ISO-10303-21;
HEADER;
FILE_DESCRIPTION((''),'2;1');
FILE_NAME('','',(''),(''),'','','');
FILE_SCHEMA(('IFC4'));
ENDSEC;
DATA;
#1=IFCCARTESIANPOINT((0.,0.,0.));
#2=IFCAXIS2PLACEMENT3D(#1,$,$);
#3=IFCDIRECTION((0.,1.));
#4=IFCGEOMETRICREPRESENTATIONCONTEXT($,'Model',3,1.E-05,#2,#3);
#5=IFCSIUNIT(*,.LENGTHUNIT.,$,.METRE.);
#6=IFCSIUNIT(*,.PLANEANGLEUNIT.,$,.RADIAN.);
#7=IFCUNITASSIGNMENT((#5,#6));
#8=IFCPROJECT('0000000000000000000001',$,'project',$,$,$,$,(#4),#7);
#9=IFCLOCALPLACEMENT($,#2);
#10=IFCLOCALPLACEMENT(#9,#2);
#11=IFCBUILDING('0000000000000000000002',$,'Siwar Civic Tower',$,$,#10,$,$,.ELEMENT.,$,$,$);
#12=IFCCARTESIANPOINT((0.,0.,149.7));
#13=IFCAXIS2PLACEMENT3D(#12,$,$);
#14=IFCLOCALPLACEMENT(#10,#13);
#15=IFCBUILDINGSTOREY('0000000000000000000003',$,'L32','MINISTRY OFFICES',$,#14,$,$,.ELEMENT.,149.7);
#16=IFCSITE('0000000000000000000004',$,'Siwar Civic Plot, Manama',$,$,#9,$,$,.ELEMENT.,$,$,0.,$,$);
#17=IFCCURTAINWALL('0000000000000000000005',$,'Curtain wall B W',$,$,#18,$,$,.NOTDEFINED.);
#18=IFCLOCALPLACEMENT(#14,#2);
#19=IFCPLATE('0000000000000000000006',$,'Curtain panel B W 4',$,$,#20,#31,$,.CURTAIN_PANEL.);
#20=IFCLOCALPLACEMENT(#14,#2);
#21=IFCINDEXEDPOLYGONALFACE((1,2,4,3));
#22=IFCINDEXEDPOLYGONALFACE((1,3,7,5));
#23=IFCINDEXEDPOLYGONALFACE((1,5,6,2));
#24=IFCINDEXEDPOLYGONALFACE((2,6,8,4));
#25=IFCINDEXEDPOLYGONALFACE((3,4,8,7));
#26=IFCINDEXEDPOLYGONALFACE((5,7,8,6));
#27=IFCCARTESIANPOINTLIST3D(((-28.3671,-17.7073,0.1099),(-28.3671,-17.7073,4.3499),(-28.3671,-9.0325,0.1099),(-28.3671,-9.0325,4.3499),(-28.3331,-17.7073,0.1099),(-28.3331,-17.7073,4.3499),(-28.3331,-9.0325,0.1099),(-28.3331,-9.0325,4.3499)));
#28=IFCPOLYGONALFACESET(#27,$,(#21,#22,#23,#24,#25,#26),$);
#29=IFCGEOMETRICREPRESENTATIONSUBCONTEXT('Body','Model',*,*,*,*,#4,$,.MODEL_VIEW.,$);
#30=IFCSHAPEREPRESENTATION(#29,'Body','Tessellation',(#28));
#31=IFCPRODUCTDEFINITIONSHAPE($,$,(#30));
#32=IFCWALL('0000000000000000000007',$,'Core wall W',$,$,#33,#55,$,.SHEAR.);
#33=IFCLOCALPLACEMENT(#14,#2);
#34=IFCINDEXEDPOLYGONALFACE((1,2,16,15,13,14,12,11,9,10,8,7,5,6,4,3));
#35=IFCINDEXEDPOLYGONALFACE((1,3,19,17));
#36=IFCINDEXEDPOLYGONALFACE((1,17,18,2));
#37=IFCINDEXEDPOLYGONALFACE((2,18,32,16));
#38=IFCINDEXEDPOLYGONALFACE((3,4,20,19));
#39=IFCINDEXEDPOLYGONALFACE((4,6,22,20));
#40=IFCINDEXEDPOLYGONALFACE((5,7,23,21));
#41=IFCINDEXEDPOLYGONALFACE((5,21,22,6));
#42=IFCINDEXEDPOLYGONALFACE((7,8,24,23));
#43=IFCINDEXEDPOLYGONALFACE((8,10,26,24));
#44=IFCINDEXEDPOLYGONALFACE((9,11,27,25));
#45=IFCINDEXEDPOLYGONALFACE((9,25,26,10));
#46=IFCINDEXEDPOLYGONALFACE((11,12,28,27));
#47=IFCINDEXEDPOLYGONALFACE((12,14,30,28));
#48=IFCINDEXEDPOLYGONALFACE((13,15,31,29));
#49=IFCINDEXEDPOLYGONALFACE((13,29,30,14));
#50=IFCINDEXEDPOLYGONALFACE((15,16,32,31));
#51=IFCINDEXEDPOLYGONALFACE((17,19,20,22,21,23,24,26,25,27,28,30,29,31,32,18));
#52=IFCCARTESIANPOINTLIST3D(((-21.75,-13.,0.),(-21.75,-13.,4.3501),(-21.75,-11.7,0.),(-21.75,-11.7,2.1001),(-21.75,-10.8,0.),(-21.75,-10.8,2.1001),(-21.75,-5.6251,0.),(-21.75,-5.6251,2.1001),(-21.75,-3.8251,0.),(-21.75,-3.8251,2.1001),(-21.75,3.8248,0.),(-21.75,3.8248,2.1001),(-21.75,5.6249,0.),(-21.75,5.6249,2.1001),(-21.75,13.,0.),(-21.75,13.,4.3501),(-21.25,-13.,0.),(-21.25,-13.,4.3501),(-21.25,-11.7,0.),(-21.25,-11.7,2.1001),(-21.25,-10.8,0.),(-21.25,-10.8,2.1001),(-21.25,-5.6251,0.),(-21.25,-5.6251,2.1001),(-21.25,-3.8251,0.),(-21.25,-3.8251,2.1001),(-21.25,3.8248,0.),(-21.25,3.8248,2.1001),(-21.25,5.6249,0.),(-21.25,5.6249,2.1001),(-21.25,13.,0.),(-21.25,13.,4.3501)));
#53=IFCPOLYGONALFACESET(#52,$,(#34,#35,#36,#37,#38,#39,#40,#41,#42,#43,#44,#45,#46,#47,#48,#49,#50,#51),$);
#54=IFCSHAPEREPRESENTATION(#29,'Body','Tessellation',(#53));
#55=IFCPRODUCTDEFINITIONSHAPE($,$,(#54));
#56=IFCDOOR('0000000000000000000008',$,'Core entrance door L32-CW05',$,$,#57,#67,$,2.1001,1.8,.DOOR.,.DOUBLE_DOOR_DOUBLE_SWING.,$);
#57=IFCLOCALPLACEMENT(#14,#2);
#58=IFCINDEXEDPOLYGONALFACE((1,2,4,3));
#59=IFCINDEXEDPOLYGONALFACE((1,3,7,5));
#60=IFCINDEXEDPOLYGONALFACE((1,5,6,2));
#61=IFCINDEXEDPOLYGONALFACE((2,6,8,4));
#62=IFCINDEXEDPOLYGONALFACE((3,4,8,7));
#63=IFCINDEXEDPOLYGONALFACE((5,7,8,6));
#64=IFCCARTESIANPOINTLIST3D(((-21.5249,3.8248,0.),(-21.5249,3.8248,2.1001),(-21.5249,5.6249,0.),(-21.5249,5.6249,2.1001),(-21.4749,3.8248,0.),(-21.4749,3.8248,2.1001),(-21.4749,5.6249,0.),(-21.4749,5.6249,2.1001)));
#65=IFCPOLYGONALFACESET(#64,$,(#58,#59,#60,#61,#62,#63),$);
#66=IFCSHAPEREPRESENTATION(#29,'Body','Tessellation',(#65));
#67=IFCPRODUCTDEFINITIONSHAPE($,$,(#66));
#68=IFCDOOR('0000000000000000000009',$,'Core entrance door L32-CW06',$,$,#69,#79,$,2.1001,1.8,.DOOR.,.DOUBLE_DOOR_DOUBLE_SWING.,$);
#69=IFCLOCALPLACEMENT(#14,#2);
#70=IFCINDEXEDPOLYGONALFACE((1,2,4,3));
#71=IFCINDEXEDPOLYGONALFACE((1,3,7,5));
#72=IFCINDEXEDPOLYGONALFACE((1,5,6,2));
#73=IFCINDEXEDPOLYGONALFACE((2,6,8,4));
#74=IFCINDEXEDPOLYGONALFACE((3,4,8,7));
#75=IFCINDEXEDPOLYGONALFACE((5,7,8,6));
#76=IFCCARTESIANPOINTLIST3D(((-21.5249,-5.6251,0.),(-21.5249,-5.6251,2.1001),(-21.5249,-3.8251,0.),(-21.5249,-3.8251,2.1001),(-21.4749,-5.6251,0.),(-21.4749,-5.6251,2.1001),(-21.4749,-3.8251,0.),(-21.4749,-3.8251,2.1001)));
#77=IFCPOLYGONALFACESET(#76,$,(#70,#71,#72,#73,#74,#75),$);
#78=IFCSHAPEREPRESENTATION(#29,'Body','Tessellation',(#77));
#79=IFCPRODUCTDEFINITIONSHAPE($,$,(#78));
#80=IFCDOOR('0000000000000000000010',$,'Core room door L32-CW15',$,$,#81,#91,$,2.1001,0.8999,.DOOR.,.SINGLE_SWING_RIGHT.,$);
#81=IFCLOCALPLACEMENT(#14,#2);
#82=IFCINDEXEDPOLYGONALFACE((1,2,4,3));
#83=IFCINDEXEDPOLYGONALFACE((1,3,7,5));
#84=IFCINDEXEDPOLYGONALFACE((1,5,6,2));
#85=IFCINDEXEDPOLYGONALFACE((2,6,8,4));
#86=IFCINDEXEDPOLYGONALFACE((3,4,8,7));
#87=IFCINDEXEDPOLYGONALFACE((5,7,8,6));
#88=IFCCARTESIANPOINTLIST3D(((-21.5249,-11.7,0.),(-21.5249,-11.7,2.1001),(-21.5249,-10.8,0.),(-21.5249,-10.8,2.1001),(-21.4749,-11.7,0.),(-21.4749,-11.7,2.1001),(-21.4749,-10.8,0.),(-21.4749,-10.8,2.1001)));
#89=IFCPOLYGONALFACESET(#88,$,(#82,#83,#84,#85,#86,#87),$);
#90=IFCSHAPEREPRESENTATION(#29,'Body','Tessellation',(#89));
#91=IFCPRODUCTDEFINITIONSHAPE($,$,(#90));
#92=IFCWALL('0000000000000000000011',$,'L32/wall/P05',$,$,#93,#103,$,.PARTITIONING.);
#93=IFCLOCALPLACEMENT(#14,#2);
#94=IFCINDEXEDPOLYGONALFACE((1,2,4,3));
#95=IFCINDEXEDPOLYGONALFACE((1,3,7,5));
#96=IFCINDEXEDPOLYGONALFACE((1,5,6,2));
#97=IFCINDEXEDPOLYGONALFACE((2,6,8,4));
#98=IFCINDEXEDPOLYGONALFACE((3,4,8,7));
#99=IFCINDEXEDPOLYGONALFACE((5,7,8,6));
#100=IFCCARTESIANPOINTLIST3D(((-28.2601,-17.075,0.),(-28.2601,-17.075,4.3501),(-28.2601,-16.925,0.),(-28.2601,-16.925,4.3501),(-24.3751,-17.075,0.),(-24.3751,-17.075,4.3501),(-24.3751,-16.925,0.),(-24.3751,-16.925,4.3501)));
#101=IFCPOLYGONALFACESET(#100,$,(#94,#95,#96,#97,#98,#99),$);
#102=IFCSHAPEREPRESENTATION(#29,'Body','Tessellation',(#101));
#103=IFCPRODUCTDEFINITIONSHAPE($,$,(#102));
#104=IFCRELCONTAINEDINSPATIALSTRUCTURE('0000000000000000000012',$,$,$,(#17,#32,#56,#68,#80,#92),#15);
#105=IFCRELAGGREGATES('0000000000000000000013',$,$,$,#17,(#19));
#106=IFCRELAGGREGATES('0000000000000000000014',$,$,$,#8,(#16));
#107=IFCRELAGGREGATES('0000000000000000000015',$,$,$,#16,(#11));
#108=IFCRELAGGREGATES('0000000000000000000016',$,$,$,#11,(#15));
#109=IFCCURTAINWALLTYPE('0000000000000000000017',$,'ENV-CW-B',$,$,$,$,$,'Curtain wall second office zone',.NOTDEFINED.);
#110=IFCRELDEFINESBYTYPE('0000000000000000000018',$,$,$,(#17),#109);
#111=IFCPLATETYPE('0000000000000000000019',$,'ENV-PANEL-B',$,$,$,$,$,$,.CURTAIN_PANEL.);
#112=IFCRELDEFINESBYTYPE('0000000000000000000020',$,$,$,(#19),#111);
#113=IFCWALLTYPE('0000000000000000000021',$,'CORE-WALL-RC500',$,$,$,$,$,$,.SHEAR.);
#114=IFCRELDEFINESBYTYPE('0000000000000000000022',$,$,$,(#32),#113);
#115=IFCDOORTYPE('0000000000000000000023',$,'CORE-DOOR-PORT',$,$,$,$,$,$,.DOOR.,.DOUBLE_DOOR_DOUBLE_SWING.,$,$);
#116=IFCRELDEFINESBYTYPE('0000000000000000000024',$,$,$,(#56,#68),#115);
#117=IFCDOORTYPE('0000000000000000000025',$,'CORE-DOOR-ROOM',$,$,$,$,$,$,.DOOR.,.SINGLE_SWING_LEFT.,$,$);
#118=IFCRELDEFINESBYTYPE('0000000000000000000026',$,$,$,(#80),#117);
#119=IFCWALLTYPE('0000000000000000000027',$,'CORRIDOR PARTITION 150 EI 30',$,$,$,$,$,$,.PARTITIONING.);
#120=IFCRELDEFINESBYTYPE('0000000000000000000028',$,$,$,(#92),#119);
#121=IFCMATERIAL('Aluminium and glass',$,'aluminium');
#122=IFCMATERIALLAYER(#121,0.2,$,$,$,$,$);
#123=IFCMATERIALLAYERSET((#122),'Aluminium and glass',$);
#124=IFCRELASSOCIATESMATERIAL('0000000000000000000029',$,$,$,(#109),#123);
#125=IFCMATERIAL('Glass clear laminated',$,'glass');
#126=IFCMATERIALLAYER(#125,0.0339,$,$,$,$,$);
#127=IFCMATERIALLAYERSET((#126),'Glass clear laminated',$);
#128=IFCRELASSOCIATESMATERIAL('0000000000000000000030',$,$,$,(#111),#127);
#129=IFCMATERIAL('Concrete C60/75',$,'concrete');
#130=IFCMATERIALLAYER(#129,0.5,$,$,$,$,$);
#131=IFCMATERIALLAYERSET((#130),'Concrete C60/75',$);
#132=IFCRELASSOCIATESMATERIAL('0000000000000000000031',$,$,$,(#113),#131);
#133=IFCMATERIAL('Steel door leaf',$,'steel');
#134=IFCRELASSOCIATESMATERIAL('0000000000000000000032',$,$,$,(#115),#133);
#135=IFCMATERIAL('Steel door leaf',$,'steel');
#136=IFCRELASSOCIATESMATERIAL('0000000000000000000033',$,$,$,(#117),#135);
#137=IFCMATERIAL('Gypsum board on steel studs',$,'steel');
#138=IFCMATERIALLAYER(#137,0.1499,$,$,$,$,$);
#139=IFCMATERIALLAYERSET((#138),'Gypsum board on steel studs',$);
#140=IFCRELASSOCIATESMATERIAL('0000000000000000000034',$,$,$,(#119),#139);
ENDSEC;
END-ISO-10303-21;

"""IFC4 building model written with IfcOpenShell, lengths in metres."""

from ifc_helpers import new_model, si_unit, direction, frame, frame_2d, origin, origin_2d, place, context, subcontext, project, spatial, rectangle, extrude, material, layer, layer_set, type_object, element, fill, aggregate, save


model = new_model("IFC4")

# Units and contexts
model_context = context("Model", 3, precision=1e-05, world=origin(), true_north=direction((0.0, 1.0)))
body_context = subcontext(model_context, "Body", "Model", "MODEL_VIEW")
ifc_project = project(units=[si_unit("LENGTHUNIT", "METRE"), si_unit("PLANEANGLEUNIT", "RADIAN")], contexts=[model_context])

# Site, building, storey
site_placement = place(None, origin())
site = spatial("IfcSite", under=ifc_project, at=site_placement, Name="Siwar Civic Plot, Manama", CompositionType="ELEMENT", RefElevation=0.0)
building_placement = place(site_placement, origin())
building = spatial("IfcBuilding", under=site, at=building_placement, Name="Siwar Civic Tower", CompositionType="ELEMENT")
storey_placement = place(building_placement, frame((0.0, 0.0, 149.7)))
storey = spatial("IfcBuildingStorey", under=building, at=storey_placement, Name="L32", Description="MINISTRY OFFICES", CompositionType="ELEMENT", Elevation=149.7)

# Curtain wall
ifc_material_1 = material(Name="Aluminium and glass", Category="aluminium")
ifc_layer_1 = layer(ifc_material_1, 0.2)
ifc_layer_set_1 = layer_set([ifc_layer_1], Name="Aluminium and glass")
curtain_wall_type_1 = type_object("IfcCurtainWallType", Name="ENV-CW-B", ElementType="Curtain wall second office zone", PredefinedType="NOTDEFINED", material=ifc_layer_set_1)
curtain_wall_1_placement = place(storey_placement, origin())
curtain_wall_1 = element("IfcCurtainWall", 1, at=curtain_wall_1_placement, inside=storey, type_object=curtain_wall_type_1, Name="Curtain wall B W", PredefinedType="NOTDEFINED")

# Plate
ifc_material_2 = material(Name="Glass clear laminated", Category="glass")
ifc_layer_2 = layer(ifc_material_2, 0.0339)
ifc_layer_set_2 = layer_set([ifc_layer_2], Name="Glass clear laminated")
plate_type = type_object("IfcPlateType", Name="ENV-PANEL-B", PredefinedType="CURTAIN_PANEL", material=ifc_layer_set_2)
plate_placement = place(storey_placement, frame((-28.3501, -13.3699, 0.1099), z_axis=(0.0, 0.0, 1.0), x_axis=(0.0, -1.0, 0.0)))
plate = element("IfcPlate", 2, at=plate_placement, type_object=plate_type, Name="Curtain panel B W 4", PredefinedType="CURTAIN_PANEL", context=body_context, shape_type="SweptSolid", body=[
    extrude(rectangle(XDim=8.6748, YDim=0.0339, at=origin_2d()), origin(), (0.0, 0.0, 1.0), 4.24),
])
aggregate(curtain_wall_1, [plate])

# Wall, openings, doors
ifc_material_3 = material(Name="Concrete C60/75", Category="concrete")
ifc_layer_3 = layer(ifc_material_3, 0.5)
ifc_layer_set_3 = layer_set([ifc_layer_3], Name="Concrete C60/75")
wall_type_1 = type_object("IfcWallType", Name="CORE-WALL-RC500", PredefinedType="SHEAR", material=ifc_layer_set_3)
wall_1_placement = place(storey_placement, frame((-21.5, -13.0, 0.0), z_axis=(0.0, 0.0, 1.0), x_axis=(0.0, 1.0, 0.0)))
wall_1 = element("IfcWall", 3, at=wall_1_placement, inside=storey, type_object=wall_type_1, Name="Core wall W", PredefinedType="SHEAR", context=body_context, shape_type="SweptSolid", body=[
    extrude(rectangle(XDim=26.0, YDim=0.5, at=frame_2d((13.0, 0.0))), origin(), (0.0, 0.0, 1.0), 4.3501),
])
opening_1_placement = place(wall_1_placement, frame((16.825, 0.0, 0.0)))
opening_1 = element("IfcOpeningElement", 4, at=opening_1_placement, cuts=wall_1, PredefinedType="OPENING", context=body_context, shape_type="SweptSolid", body=[
    extrude(rectangle(XDim=1.8, YDim=2.1001, at=frame_2d((0.8999, 1.05))), frame((0.0, 0.26, 0.0), z_axis=(0.0, -1.0, 0.0), x_axis=(1.0, 0.0, 0.0)), (0.0, 0.0, 1.0), 0.52),
])
opening_2_placement = place(wall_1_placement, frame((7.375, 0.0, 0.0)))
opening_2 = element("IfcOpeningElement", 5, at=opening_2_placement, cuts=wall_1, PredefinedType="OPENING", context=body_context, shape_type="SweptSolid", body=[
    extrude(rectangle(XDim=1.8, YDim=2.1001, at=frame_2d((0.8999, 1.05))), frame((0.0, 0.26, 0.0), z_axis=(0.0, -1.0, 0.0), x_axis=(1.0, 0.0, 0.0)), (0.0, 0.0, 1.0), 0.52),
])
opening_3_placement = place(wall_1_placement, frame((1.3, 0.0, 0.0)))
opening_3 = element("IfcOpeningElement", 6, at=opening_3_placement, cuts=wall_1, PredefinedType="OPENING", context=body_context, shape_type="SweptSolid", body=[
    extrude(rectangle(XDim=0.8999, YDim=2.1001, at=frame_2d((0.45, 1.05))), frame((0.0, 0.26, 0.0), z_axis=(0.0, -1.0, 0.0), x_axis=(1.0, 0.0, 0.0)), (0.0, 0.0, 1.0), 0.52),
])
ifc_material_4 = material(Name="Steel door leaf", Category="steel")
door_type_1 = type_object("IfcDoorType", Name="CORE-DOOR-PORT", OperationType="DOUBLE_DOOR_DOUBLE_SWING", PredefinedType="DOOR", material=ifc_material_4)
door_1_placement = place(opening_1_placement, origin())
door_1 = element("IfcDoor", 7, at=door_1_placement, inside=storey, type_object=door_type_1, Name="Core entrance door L32-CW05", OperationType="DOUBLE_DOOR_DOUBLE_SWING", OverallHeight=2.1001, OverallWidth=1.8, PredefinedType="DOOR", context=body_context, shape_type="SweptSolid", body=[
    extrude(rectangle(XDim=1.8, YDim=2.1001, at=frame_2d((0.8999, 1.05))), frame((0.0, 0.0249, 0.0), z_axis=(0.0, -1.0, 0.0), x_axis=(1.0, 0.0, 0.0)), (0.0, 0.0, 1.0), 0.05),
])
fill(opening_1, door_1)
door_2_placement = place(opening_2_placement, origin())
door_2 = element("IfcDoor", 8, at=door_2_placement, inside=storey, type_object=door_type_1, Name="Core entrance door L32-CW06", OperationType="DOUBLE_DOOR_DOUBLE_SWING", OverallHeight=2.1001, OverallWidth=1.8, PredefinedType="DOOR", context=body_context, shape_type="SweptSolid", body=[
    extrude(rectangle(XDim=1.8, YDim=2.1001, at=frame_2d((0.8999, 1.05))), frame((0.0, 0.0249, 0.0), z_axis=(0.0, -1.0, 0.0), x_axis=(1.0, 0.0, 0.0)), (0.0, 0.0, 1.0), 0.05),
])
fill(opening_2, door_2)
ifc_material_5 = material(Name="Steel door leaf", Category="steel")
door_type_2 = type_object("IfcDoorType", Name="CORE-DOOR-ROOM", OperationType="SINGLE_SWING_LEFT", PredefinedType="DOOR", material=ifc_material_5)
door_3_placement = place(opening_3_placement, origin())
door_3 = element("IfcDoor", 9, at=door_3_placement, inside=storey, type_object=door_type_2, Name="Core room door L32-CW15", OperationType="SINGLE_SWING_RIGHT", OverallHeight=2.1001, OverallWidth=0.8999, PredefinedType="DOOR", context=body_context, shape_type="SweptSolid", body=[
    extrude(rectangle(XDim=0.8999, YDim=2.1001, at=frame_2d((0.45, 1.05))), frame((0.0, 0.0249, 0.0), z_axis=(0.0, -1.0, 0.0), x_axis=(1.0, 0.0, 0.0)), (0.0, 0.0, 1.0), 0.05),
])
fill(opening_3, door_3)

# Wall
ifc_material_6 = material(Name="Gypsum board on steel studs", Category="steel")
ifc_layer_4 = layer(ifc_material_6, 0.1499)
ifc_layer_set_4 = layer_set([ifc_layer_4], Name="Gypsum board on steel studs")
wall_type_2 = type_object("IfcWallType", Name="CORRIDOR PARTITION 150 EI 30", PredefinedType="PARTITIONING", material=ifc_layer_set_4)
wall_2_placement = place(storey_placement, frame((-28.26, -17.0, 0.0), z_axis=(0.0, 0.0, 1.0), x_axis=(1.0, 0.0, 0.0)))
element("IfcWall", 10, at=wall_2_placement, inside=storey, type_object=wall_type_2, Name="L32/wall/P05", PredefinedType="PARTITIONING", context=body_context, shape_type="SweptSolid", body=[
    extrude(rectangle(XDim=3.885, YDim=0.1499, at=frame_2d((1.9424, 0.0))), origin(), (0.0, 0.0, 1.0), 4.3501),
])

save(model, "model.ifc")
